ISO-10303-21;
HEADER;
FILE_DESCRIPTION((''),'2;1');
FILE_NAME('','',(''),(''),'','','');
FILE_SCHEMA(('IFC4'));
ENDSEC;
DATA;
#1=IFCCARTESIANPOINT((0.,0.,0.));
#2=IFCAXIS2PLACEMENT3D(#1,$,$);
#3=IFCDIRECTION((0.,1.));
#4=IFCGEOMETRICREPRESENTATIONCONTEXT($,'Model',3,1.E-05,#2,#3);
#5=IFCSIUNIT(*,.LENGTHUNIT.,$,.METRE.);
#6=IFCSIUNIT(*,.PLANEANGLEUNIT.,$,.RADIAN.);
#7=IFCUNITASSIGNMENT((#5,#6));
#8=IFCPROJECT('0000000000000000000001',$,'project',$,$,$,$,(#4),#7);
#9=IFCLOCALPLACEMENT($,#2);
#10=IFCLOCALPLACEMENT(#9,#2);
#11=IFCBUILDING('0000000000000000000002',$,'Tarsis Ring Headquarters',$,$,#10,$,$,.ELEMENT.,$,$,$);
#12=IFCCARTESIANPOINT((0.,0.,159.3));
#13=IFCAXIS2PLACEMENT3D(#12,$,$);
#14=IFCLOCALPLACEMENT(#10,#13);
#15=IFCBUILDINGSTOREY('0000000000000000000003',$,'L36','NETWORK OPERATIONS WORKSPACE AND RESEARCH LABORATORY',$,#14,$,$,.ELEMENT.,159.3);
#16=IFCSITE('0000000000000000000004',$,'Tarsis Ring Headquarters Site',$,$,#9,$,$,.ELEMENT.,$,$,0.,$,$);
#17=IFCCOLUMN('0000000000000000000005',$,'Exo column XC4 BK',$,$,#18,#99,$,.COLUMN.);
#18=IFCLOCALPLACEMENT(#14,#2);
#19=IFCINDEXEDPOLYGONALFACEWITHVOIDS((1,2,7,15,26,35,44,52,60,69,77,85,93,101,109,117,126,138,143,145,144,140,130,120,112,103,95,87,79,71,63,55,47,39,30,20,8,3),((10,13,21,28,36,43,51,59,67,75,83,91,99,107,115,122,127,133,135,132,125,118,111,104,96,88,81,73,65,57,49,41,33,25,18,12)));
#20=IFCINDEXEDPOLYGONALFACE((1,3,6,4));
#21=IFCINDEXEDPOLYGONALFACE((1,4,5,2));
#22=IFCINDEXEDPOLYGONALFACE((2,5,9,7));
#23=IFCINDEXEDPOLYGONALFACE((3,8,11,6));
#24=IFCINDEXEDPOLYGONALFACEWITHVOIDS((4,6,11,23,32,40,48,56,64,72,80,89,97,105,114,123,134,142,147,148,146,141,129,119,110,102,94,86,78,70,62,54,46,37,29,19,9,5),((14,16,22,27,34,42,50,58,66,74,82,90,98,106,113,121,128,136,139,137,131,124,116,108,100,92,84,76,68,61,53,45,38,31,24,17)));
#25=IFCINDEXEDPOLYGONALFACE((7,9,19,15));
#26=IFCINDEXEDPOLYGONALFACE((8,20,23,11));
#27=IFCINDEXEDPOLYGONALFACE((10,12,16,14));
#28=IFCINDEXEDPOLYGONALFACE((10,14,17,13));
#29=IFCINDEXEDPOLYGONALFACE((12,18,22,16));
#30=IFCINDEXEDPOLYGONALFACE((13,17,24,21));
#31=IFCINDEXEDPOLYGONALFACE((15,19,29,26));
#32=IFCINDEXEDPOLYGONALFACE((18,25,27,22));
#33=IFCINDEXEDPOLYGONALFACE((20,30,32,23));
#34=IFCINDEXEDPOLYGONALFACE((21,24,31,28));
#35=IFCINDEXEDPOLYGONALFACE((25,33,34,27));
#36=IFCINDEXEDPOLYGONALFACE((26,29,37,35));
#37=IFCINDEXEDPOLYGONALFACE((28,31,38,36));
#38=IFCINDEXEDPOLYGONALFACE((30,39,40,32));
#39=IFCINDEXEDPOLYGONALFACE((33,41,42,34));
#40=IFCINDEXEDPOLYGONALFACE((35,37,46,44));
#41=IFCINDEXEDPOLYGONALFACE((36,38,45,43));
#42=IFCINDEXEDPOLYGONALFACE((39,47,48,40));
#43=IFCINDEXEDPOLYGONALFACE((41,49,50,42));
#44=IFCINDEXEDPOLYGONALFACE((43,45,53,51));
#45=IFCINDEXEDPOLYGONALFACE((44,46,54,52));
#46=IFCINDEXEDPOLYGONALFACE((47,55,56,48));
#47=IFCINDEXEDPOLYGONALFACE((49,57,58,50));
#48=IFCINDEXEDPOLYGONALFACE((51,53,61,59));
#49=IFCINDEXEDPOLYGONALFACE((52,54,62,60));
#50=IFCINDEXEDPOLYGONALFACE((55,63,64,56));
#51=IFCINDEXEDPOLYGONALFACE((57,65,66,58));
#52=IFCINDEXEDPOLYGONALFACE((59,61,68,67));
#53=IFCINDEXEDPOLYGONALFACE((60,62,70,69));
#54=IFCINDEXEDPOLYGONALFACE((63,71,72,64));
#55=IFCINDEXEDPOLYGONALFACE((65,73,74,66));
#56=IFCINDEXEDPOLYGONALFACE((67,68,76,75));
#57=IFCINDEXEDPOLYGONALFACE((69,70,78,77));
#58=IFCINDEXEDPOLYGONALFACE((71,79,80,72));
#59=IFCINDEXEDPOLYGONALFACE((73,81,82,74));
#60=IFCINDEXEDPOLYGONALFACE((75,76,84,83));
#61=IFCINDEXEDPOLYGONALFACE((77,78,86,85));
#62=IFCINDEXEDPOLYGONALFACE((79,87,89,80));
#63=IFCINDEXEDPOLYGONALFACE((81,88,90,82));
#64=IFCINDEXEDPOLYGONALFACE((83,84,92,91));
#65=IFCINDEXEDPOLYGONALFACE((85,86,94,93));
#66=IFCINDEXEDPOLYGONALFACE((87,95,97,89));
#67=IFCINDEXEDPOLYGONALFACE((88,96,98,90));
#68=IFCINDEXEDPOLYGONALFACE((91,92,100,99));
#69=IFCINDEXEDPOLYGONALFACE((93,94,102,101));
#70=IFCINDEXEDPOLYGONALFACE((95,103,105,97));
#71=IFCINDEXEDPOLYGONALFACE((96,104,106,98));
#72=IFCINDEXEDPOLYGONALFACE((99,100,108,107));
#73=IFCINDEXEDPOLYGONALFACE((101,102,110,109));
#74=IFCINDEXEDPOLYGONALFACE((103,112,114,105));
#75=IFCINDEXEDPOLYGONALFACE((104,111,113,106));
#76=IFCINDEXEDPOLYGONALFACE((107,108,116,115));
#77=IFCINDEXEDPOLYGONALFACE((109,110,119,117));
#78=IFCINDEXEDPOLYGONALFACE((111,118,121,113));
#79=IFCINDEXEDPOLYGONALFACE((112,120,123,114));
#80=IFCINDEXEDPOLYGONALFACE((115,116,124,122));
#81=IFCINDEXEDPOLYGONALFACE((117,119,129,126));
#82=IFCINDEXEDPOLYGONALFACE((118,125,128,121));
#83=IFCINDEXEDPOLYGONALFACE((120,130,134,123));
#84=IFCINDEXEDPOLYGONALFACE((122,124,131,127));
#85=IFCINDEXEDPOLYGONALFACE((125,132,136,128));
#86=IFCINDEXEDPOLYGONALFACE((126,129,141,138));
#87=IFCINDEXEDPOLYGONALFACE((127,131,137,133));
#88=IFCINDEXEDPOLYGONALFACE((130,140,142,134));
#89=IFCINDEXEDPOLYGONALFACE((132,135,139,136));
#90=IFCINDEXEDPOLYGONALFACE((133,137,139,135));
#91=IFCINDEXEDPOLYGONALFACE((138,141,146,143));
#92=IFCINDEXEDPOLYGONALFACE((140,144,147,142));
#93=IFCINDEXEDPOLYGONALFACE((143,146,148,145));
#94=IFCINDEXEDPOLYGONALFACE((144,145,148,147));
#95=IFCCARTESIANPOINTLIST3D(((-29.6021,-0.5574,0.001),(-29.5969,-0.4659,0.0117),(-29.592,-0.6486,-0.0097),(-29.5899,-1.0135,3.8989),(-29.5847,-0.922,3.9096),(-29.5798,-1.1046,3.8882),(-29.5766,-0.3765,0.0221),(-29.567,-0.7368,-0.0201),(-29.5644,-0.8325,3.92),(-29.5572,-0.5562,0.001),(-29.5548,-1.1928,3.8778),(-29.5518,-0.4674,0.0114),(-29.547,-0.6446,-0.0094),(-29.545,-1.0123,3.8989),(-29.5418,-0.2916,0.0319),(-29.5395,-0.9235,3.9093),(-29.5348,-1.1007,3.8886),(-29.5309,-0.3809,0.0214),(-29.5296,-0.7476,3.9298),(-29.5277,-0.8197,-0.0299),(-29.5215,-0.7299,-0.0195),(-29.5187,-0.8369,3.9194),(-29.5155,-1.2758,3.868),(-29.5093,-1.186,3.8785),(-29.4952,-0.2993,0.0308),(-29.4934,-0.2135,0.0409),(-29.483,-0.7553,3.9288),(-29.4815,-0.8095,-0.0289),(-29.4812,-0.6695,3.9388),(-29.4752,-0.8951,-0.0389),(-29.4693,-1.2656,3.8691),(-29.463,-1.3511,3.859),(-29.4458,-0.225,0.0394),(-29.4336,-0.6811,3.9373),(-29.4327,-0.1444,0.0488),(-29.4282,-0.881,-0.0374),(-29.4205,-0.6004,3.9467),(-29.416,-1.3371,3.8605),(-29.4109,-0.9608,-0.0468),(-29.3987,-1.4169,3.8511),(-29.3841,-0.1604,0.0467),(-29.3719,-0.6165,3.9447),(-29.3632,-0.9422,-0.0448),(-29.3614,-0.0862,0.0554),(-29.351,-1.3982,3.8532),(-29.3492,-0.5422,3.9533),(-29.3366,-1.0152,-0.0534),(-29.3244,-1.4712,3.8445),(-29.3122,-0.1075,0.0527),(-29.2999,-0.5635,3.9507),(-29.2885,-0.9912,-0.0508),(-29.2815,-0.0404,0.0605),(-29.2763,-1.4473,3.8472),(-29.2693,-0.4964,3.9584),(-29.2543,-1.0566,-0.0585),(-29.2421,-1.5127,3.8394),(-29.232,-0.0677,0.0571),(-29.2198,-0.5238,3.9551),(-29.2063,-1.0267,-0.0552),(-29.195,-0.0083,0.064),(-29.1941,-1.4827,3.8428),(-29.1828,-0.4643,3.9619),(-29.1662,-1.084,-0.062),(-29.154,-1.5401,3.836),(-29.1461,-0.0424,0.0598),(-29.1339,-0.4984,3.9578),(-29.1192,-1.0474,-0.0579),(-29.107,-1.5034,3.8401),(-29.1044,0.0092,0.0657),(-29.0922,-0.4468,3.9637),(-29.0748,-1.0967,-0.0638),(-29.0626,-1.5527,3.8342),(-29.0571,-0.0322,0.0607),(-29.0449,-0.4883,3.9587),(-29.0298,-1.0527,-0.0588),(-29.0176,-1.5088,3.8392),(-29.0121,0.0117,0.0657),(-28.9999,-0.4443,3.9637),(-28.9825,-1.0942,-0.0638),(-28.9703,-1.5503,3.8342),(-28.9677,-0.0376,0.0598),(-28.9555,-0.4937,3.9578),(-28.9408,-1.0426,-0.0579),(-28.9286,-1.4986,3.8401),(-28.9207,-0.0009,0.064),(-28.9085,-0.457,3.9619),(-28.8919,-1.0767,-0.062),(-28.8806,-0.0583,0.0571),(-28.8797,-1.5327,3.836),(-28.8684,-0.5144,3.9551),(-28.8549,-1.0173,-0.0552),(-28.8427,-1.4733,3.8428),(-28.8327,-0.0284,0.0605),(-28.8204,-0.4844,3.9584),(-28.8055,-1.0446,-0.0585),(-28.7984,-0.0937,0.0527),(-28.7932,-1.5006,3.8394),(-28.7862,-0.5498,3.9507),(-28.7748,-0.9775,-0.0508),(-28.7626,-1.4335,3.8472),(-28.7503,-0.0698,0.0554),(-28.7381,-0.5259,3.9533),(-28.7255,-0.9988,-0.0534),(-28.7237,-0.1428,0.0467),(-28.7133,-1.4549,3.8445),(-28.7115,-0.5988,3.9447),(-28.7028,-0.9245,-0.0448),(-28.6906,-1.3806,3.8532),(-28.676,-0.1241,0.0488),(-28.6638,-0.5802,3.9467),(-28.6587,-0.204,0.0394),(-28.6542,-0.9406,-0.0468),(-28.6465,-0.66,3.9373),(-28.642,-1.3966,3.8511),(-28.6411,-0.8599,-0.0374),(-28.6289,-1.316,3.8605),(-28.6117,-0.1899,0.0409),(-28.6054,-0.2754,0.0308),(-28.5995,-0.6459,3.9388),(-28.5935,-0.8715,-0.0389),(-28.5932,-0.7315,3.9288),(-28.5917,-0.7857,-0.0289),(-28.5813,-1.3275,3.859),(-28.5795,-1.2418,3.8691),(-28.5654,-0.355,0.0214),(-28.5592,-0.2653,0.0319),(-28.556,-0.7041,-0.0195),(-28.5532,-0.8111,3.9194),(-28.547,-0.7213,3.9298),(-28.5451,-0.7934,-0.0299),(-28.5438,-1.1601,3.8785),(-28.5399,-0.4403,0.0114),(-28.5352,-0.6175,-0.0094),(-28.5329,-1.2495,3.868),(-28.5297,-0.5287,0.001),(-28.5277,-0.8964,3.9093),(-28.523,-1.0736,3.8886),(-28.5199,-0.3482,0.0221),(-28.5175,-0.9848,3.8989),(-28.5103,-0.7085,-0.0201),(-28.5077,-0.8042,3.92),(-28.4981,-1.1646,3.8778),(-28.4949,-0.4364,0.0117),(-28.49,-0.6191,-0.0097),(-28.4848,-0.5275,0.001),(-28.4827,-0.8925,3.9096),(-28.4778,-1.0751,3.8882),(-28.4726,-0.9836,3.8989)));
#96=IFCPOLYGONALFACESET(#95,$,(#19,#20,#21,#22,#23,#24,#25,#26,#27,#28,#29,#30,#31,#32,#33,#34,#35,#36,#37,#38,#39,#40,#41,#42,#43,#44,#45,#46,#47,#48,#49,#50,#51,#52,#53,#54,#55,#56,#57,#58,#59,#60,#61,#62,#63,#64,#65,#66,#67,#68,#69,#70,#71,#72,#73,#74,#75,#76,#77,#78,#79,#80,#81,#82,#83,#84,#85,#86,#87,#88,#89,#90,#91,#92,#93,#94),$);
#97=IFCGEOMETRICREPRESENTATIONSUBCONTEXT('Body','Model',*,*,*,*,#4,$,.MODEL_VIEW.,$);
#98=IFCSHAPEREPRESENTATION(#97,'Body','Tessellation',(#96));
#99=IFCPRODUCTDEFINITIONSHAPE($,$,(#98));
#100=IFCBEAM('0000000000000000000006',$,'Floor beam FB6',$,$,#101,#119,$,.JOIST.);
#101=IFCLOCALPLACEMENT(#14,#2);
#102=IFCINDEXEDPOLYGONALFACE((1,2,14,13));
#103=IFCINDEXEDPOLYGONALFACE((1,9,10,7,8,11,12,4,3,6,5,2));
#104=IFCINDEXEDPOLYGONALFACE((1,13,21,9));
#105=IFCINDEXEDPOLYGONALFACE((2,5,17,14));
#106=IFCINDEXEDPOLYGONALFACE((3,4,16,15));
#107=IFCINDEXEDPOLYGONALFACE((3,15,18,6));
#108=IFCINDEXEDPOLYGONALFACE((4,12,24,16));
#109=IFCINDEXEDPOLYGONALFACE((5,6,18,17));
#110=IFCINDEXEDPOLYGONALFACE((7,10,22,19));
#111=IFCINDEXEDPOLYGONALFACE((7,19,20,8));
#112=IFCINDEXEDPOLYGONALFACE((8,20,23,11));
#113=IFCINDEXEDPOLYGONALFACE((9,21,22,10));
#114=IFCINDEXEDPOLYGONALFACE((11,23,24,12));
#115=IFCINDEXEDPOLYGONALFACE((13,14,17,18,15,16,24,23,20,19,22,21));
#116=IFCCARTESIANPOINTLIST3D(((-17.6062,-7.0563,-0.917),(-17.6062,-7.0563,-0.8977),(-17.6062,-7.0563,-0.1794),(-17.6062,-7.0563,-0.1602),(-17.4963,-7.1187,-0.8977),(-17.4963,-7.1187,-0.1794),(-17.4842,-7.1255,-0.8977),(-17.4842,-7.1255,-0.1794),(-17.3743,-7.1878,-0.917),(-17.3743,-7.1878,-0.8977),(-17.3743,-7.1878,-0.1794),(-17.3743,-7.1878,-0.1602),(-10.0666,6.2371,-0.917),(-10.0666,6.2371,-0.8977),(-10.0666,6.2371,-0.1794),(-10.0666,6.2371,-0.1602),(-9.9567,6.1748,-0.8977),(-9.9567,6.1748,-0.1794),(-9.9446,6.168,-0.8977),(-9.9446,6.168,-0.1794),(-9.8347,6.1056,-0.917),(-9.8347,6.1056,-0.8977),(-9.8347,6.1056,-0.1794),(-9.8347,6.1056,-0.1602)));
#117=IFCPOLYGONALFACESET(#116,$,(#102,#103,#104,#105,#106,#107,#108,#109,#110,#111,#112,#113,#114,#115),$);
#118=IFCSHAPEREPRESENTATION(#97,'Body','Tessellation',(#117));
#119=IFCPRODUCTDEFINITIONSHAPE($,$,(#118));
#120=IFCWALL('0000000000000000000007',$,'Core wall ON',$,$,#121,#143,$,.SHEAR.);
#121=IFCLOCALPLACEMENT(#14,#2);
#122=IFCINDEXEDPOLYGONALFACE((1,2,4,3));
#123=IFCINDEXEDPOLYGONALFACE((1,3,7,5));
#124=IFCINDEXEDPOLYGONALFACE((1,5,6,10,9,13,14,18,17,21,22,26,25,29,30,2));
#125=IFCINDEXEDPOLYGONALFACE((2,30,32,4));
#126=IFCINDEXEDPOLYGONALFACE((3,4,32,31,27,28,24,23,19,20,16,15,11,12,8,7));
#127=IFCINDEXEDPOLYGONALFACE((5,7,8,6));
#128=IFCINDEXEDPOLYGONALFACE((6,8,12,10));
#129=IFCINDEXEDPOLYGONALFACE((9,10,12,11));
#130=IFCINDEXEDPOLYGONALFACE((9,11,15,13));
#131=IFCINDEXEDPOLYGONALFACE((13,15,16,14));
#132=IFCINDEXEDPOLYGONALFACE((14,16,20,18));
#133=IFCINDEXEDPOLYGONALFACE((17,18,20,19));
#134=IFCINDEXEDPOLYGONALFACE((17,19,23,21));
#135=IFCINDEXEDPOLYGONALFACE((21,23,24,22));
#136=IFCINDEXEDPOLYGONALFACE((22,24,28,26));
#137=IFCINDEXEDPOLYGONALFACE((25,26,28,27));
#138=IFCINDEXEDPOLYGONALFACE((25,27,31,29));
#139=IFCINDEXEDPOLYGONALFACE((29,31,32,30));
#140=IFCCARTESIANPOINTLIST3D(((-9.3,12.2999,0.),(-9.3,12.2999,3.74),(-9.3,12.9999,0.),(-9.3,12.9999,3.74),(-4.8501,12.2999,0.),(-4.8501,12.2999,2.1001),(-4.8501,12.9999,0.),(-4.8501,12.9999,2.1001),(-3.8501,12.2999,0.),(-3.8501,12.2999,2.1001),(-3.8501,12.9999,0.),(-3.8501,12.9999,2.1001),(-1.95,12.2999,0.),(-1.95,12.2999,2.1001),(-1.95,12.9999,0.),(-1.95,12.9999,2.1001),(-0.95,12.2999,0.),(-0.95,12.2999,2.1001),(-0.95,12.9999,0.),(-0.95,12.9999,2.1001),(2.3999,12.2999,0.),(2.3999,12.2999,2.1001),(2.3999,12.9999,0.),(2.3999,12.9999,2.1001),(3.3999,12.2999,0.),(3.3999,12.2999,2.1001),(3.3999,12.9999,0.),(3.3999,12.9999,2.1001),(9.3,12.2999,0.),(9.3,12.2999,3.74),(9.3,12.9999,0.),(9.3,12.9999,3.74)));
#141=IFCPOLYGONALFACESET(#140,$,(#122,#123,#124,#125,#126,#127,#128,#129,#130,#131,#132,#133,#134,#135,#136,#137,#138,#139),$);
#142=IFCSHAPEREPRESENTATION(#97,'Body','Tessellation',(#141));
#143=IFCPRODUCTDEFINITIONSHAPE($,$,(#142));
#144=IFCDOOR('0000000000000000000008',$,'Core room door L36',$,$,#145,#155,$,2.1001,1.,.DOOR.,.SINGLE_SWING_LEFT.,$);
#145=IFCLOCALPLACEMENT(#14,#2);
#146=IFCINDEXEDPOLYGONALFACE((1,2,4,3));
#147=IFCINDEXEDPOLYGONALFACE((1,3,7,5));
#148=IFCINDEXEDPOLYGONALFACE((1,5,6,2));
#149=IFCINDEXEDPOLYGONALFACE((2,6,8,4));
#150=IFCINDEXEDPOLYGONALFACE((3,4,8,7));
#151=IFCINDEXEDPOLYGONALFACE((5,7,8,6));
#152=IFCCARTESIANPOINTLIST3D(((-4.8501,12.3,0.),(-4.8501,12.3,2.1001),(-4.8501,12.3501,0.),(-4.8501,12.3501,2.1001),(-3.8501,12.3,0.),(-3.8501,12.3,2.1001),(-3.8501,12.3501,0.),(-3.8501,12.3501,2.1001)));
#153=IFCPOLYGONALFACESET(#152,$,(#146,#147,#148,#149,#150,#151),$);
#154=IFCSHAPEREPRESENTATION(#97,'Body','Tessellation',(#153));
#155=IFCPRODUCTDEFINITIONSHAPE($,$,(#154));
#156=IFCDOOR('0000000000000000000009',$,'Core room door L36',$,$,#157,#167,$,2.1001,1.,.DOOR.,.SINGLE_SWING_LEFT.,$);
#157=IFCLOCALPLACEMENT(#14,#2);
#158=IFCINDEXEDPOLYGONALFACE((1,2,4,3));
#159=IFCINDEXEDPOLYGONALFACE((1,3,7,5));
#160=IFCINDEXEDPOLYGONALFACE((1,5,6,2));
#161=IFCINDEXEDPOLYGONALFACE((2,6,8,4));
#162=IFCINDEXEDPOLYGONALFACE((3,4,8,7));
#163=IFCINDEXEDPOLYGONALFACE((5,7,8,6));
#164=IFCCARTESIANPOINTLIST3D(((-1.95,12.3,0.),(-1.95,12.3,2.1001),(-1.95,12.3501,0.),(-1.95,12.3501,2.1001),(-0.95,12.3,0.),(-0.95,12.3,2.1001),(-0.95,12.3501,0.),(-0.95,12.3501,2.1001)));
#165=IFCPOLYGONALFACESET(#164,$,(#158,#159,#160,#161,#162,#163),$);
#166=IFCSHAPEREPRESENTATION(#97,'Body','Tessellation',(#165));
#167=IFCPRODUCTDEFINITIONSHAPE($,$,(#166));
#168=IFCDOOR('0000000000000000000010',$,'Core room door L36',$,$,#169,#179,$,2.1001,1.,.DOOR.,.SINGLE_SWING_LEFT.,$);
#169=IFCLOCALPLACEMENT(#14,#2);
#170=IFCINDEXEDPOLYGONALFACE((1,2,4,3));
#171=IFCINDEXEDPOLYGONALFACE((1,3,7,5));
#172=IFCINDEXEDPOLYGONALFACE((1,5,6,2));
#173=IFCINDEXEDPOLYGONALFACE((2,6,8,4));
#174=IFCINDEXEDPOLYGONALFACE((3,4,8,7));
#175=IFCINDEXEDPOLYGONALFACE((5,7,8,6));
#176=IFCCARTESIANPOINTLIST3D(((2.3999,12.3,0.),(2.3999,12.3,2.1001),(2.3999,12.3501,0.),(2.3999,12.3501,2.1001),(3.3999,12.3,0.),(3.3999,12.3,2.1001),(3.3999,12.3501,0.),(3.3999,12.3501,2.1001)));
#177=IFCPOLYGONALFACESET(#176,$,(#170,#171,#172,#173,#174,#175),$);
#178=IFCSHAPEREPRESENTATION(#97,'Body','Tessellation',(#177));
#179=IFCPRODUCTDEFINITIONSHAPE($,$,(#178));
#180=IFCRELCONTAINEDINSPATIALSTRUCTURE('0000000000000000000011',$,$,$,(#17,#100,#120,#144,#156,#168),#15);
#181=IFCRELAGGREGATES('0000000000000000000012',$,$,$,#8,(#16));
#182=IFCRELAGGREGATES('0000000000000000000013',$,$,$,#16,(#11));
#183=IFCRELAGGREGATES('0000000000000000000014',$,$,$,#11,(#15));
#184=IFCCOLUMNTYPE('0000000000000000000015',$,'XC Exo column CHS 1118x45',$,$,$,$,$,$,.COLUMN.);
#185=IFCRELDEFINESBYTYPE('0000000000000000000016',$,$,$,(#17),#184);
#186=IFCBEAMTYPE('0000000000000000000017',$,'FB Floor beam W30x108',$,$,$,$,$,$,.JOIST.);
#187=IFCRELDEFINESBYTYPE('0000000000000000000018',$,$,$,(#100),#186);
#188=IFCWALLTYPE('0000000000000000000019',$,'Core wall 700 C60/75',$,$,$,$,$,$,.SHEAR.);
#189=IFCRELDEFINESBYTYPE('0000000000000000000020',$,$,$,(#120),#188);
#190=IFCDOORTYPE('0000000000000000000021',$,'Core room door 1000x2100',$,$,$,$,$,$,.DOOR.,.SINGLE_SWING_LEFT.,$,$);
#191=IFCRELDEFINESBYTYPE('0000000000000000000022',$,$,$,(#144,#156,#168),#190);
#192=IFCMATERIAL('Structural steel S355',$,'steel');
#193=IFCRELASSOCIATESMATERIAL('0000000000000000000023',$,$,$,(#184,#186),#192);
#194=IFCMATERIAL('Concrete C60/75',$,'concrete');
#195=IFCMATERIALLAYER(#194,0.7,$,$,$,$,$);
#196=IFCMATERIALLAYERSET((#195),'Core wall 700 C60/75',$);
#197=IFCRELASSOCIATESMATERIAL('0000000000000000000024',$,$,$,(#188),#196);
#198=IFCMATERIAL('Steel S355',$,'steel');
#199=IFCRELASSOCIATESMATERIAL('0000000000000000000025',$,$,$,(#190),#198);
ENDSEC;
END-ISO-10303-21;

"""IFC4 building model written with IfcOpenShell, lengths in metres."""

from ifc_helpers import new_model, si_unit, direction, frame, frame_2d, origin, origin_2d, place, context, subcontext, project, spatial, rectangle, hollow_circle, i_section, extrude, material, layer, layer_set, material_profile, profile_set, type_object, element, fill, save


model = new_model("IFC4")

# Units and contexts
model_context = context("Model", 3, precision=1e-05, world=origin(), true_north=direction((0.0, 1.0)))
body_context = subcontext(model_context, "Body", "Model", "MODEL_VIEW")
ifc_project = project(units=[si_unit("LENGTHUNIT", "METRE"), si_unit("PLANEANGLEUNIT", "RADIAN")], contexts=[model_context])

# Site, building, storey
site_placement = place(None, origin())
site = spatial("IfcSite", under=ifc_project, at=site_placement, Name="Tarsis Ring Headquarters Site", CompositionType="ELEMENT", RefElevation=0.0)
building_placement = place(site_placement, origin())
building = spatial("IfcBuilding", under=site, at=building_placement, Name="Tarsis Ring Headquarters", CompositionType="ELEMENT")
storey_placement = place(building_placement, frame((0.0, 0.0, 159.3)))
storey = spatial("IfcBuildingStorey", under=building, at=storey_placement, Name="L36", Description="NETWORK OPERATIONS WORKSPACE AND RESEARCH LABORATORY", CompositionType="ELEMENT", Elevation=159.3)

# Column
ifc_material_1 = material(Name="Structural steel S355", Category="steel")
ifc_material_profile_1 = material_profile(ifc_material_1, hollow_circle(Radius=0.5588, WallThickness=0.0449, at=origin_2d()), Name="CHS 1118x45")
ifc_profile_set_1 = profile_set([ifc_material_profile_1], Name="Structural steel S355")
column_type = type_object("IfcColumnType", Name="XC Exo column CHS 1118x45", PredefinedType="COLUMN", material=ifc_profile_set_1)
column_placement = place(storey_placement, frame((-29.0435, -0.5425, 0.001), z_axis=(0.00311, -0.116205, 0.99322), x_axis=(0.999642, 0.026757, 0.0)))
element("IfcColumn", 1, at=column_placement, inside=storey, type_object=column_type, Name="Exo column XC4 BK", PredefinedType="COLUMN", context=body_context, shape_type="SweptSolid", body=[
    extrude(hollow_circle(Radius=0.5588, WallThickness=0.0449, at=origin_2d()), origin(), (0.0, 0.0, 1.0), 3.9246),
])

# Beam
ifc_material_profile_2 = material_profile(ifc_material_1, i_section(OverallWidth=0.2666, OverallDepth=0.7568, WebThickness=0.0139, FlangeThickness=0.0193, at=origin_2d()), Name="W30x108")
ifc_profile_set_2 = profile_set([ifc_material_profile_2], Name="Structural steel S355")
beam_type = type_object("IfcBeamType", Name="FB Floor beam W30x108", PredefinedType="JOIST", material=ifc_profile_set_2)
beam_placement = place(storey_placement, frame((-9.9507, 6.1714, -0.5386), z_axis=(-0.493339, -0.869837, 0.0), x_axis=(0.869837, -0.493339, 0.0)))
element("IfcBeam", 2, at=beam_placement, inside=storey, type_object=beam_type, Name="Floor beam FB6", PredefinedType="JOIST", context=body_context, shape_type="SweptSolid", body=[
    extrude(i_section(OverallWidth=0.2666, OverallDepth=0.7568, WebThickness=0.0139, FlangeThickness=0.0193, at=origin_2d()), origin(), (0.0, 0.0, 1.0), 15.2827),
])

# Wall, openings, doors
ifc_material_2 = material(Name="Concrete C60/75", Category="concrete")
ifc_layer_1 = layer(ifc_material_2, 0.7)
ifc_layer_set_1 = layer_set([ifc_layer_1], Name="Core wall 700 C60/75")
wall_type_1 = type_object("IfcWallType", Name="Core wall 700 C60/75", PredefinedType="SHEAR", material=ifc_layer_set_1)
wall_1_placement = place(storey_placement, frame((-9.3, 12.6499, 0.0), z_axis=(0.0, 0.0, 1.0), x_axis=(1.0, 0.0, 0.0)))
wall_1 = element("IfcWall", 3, at=wall_1_placement, inside=storey, type_object=wall_type_1, Name="Core wall ON", PredefinedType="SHEAR", context=body_context, shape_type="SweptSolid", body=[
    extrude(rectangle(XDim=18.6001, YDim=0.7, at=frame_2d((9.3, 0.0))), origin(), (0.0, 0.0, 1.0), 3.74),
])
opening_1_placement = place(wall_1_placement, frame((4.45, 0.0, 0.0)))
opening_1 = element("IfcOpeningElement", 4, at=opening_1_placement, cuts=wall_1, PredefinedType="OPENING", context=body_context, shape_type="SweptSolid", body=[
    extrude(rectangle(XDim=1.0, YDim=2.1001, at=frame_2d((0.5, 1.05))), frame((0.0, 0.3599, 0.0), z_axis=(0.0, -1.0, 0.0), x_axis=(1.0, 0.0, 0.0)), (0.0, 0.0, 1.0), 0.72),
])
opening_2_placement = place(wall_1_placement, frame((7.3501, 0.0, 0.0)))
opening_2 = element("IfcOpeningElement", 5, at=opening_2_placement, cuts=wall_1, PredefinedType="OPENING", context=body_context, shape_type="SweptSolid", body=[
    extrude(rectangle(XDim=1.0, YDim=2.1001, at=frame_2d((0.5, 1.05))), frame((0.0, 0.3599, 0.0), z_axis=(0.0, -1.0, 0.0), x_axis=(1.0, 0.0, 0.0)), (0.0, 0.0, 1.0), 0.72),
])
opening_3_placement = place(wall_1_placement, frame((11.7, 0.0, 0.0)))
opening_3 = element("IfcOpeningElement", 6, at=opening_3_placement, cuts=wall_1, PredefinedType="OPENING", context=body_context, shape_type="SweptSolid", body=[
    extrude(rectangle(XDim=1.0, YDim=2.1001, at=frame_2d((0.5, 1.05))), frame((0.0, 0.3599, 0.0), z_axis=(0.0, -1.0, 0.0), x_axis=(1.0, 0.0, 0.0)), (0.0, 0.0, 1.0), 0.72),
])
ifc_material_3 = material(Name="Steel S355", Category="steel")
door_type_1 = type_object("IfcDoorType", Name="Core room door 1000x2100", OperationType="SINGLE_SWING_LEFT", PredefinedType="DOOR", material=ifc_material_3)
door_1_placement = place(opening_1_placement, origin())
door_1 = element("IfcDoor", 7, at=door_1_placement, inside=storey, type_object=door_type_1, Name="Core room door L36", OperationType="SINGLE_SWING_LEFT", OverallHeight=2.1001, OverallWidth=1.0, PredefinedType="DOOR", context=body_context, shape_type="SweptSolid", body=[
    extrude(rectangle(XDim=1.0, YDim=2.1001, at=frame_2d((0.5, 1.05))), frame((0.0, -0.2998, 0.0), z_axis=(0.0, -1.0, 0.0), x_axis=(1.0, 0.0, 0.0)), (0.0, 0.0, 1.0), 0.05),
])
fill(opening_1, door_1)
door_2_placement = place(opening_2_placement, origin())
door_2 = element("IfcDoor", 8, at=door_2_placement, inside=storey, type_object=door_type_1, Name="Core room door L36", OperationType="SINGLE_SWING_LEFT", OverallHeight=2.1001, OverallWidth=1.0, PredefinedType="DOOR", context=body_context, shape_type="SweptSolid", body=[
    extrude(rectangle(XDim=1.0, YDim=2.1001, at=frame_2d((0.5, 1.05))), frame((0.0, -0.2998, 0.0), z_axis=(0.0, -1.0, 0.0), x_axis=(1.0, 0.0, 0.0)), (0.0, 0.0, 1.0), 0.05),
])
fill(opening_2, door_2)
door_3_placement = place(opening_3_placement, origin())
door_3 = element("IfcDoor", 9, at=door_3_placement, inside=storey, type_object=door_type_1, Name="Core room door L36", OperationType="SINGLE_SWING_LEFT", OverallHeight=2.1001, OverallWidth=1.0, PredefinedType="DOOR", context=body_context, shape_type="SweptSolid", body=[
    extrude(rectangle(XDim=1.0, YDim=2.1001, at=frame_2d((0.5, 1.05))), frame((0.0, -0.2998, 0.0), z_axis=(0.0, -1.0, 0.0), x_axis=(1.0, 0.0, 0.0)), (0.0, 0.0, 1.0), 0.05),
])
fill(opening_3, door_3)

save(model, "model.ifc")
